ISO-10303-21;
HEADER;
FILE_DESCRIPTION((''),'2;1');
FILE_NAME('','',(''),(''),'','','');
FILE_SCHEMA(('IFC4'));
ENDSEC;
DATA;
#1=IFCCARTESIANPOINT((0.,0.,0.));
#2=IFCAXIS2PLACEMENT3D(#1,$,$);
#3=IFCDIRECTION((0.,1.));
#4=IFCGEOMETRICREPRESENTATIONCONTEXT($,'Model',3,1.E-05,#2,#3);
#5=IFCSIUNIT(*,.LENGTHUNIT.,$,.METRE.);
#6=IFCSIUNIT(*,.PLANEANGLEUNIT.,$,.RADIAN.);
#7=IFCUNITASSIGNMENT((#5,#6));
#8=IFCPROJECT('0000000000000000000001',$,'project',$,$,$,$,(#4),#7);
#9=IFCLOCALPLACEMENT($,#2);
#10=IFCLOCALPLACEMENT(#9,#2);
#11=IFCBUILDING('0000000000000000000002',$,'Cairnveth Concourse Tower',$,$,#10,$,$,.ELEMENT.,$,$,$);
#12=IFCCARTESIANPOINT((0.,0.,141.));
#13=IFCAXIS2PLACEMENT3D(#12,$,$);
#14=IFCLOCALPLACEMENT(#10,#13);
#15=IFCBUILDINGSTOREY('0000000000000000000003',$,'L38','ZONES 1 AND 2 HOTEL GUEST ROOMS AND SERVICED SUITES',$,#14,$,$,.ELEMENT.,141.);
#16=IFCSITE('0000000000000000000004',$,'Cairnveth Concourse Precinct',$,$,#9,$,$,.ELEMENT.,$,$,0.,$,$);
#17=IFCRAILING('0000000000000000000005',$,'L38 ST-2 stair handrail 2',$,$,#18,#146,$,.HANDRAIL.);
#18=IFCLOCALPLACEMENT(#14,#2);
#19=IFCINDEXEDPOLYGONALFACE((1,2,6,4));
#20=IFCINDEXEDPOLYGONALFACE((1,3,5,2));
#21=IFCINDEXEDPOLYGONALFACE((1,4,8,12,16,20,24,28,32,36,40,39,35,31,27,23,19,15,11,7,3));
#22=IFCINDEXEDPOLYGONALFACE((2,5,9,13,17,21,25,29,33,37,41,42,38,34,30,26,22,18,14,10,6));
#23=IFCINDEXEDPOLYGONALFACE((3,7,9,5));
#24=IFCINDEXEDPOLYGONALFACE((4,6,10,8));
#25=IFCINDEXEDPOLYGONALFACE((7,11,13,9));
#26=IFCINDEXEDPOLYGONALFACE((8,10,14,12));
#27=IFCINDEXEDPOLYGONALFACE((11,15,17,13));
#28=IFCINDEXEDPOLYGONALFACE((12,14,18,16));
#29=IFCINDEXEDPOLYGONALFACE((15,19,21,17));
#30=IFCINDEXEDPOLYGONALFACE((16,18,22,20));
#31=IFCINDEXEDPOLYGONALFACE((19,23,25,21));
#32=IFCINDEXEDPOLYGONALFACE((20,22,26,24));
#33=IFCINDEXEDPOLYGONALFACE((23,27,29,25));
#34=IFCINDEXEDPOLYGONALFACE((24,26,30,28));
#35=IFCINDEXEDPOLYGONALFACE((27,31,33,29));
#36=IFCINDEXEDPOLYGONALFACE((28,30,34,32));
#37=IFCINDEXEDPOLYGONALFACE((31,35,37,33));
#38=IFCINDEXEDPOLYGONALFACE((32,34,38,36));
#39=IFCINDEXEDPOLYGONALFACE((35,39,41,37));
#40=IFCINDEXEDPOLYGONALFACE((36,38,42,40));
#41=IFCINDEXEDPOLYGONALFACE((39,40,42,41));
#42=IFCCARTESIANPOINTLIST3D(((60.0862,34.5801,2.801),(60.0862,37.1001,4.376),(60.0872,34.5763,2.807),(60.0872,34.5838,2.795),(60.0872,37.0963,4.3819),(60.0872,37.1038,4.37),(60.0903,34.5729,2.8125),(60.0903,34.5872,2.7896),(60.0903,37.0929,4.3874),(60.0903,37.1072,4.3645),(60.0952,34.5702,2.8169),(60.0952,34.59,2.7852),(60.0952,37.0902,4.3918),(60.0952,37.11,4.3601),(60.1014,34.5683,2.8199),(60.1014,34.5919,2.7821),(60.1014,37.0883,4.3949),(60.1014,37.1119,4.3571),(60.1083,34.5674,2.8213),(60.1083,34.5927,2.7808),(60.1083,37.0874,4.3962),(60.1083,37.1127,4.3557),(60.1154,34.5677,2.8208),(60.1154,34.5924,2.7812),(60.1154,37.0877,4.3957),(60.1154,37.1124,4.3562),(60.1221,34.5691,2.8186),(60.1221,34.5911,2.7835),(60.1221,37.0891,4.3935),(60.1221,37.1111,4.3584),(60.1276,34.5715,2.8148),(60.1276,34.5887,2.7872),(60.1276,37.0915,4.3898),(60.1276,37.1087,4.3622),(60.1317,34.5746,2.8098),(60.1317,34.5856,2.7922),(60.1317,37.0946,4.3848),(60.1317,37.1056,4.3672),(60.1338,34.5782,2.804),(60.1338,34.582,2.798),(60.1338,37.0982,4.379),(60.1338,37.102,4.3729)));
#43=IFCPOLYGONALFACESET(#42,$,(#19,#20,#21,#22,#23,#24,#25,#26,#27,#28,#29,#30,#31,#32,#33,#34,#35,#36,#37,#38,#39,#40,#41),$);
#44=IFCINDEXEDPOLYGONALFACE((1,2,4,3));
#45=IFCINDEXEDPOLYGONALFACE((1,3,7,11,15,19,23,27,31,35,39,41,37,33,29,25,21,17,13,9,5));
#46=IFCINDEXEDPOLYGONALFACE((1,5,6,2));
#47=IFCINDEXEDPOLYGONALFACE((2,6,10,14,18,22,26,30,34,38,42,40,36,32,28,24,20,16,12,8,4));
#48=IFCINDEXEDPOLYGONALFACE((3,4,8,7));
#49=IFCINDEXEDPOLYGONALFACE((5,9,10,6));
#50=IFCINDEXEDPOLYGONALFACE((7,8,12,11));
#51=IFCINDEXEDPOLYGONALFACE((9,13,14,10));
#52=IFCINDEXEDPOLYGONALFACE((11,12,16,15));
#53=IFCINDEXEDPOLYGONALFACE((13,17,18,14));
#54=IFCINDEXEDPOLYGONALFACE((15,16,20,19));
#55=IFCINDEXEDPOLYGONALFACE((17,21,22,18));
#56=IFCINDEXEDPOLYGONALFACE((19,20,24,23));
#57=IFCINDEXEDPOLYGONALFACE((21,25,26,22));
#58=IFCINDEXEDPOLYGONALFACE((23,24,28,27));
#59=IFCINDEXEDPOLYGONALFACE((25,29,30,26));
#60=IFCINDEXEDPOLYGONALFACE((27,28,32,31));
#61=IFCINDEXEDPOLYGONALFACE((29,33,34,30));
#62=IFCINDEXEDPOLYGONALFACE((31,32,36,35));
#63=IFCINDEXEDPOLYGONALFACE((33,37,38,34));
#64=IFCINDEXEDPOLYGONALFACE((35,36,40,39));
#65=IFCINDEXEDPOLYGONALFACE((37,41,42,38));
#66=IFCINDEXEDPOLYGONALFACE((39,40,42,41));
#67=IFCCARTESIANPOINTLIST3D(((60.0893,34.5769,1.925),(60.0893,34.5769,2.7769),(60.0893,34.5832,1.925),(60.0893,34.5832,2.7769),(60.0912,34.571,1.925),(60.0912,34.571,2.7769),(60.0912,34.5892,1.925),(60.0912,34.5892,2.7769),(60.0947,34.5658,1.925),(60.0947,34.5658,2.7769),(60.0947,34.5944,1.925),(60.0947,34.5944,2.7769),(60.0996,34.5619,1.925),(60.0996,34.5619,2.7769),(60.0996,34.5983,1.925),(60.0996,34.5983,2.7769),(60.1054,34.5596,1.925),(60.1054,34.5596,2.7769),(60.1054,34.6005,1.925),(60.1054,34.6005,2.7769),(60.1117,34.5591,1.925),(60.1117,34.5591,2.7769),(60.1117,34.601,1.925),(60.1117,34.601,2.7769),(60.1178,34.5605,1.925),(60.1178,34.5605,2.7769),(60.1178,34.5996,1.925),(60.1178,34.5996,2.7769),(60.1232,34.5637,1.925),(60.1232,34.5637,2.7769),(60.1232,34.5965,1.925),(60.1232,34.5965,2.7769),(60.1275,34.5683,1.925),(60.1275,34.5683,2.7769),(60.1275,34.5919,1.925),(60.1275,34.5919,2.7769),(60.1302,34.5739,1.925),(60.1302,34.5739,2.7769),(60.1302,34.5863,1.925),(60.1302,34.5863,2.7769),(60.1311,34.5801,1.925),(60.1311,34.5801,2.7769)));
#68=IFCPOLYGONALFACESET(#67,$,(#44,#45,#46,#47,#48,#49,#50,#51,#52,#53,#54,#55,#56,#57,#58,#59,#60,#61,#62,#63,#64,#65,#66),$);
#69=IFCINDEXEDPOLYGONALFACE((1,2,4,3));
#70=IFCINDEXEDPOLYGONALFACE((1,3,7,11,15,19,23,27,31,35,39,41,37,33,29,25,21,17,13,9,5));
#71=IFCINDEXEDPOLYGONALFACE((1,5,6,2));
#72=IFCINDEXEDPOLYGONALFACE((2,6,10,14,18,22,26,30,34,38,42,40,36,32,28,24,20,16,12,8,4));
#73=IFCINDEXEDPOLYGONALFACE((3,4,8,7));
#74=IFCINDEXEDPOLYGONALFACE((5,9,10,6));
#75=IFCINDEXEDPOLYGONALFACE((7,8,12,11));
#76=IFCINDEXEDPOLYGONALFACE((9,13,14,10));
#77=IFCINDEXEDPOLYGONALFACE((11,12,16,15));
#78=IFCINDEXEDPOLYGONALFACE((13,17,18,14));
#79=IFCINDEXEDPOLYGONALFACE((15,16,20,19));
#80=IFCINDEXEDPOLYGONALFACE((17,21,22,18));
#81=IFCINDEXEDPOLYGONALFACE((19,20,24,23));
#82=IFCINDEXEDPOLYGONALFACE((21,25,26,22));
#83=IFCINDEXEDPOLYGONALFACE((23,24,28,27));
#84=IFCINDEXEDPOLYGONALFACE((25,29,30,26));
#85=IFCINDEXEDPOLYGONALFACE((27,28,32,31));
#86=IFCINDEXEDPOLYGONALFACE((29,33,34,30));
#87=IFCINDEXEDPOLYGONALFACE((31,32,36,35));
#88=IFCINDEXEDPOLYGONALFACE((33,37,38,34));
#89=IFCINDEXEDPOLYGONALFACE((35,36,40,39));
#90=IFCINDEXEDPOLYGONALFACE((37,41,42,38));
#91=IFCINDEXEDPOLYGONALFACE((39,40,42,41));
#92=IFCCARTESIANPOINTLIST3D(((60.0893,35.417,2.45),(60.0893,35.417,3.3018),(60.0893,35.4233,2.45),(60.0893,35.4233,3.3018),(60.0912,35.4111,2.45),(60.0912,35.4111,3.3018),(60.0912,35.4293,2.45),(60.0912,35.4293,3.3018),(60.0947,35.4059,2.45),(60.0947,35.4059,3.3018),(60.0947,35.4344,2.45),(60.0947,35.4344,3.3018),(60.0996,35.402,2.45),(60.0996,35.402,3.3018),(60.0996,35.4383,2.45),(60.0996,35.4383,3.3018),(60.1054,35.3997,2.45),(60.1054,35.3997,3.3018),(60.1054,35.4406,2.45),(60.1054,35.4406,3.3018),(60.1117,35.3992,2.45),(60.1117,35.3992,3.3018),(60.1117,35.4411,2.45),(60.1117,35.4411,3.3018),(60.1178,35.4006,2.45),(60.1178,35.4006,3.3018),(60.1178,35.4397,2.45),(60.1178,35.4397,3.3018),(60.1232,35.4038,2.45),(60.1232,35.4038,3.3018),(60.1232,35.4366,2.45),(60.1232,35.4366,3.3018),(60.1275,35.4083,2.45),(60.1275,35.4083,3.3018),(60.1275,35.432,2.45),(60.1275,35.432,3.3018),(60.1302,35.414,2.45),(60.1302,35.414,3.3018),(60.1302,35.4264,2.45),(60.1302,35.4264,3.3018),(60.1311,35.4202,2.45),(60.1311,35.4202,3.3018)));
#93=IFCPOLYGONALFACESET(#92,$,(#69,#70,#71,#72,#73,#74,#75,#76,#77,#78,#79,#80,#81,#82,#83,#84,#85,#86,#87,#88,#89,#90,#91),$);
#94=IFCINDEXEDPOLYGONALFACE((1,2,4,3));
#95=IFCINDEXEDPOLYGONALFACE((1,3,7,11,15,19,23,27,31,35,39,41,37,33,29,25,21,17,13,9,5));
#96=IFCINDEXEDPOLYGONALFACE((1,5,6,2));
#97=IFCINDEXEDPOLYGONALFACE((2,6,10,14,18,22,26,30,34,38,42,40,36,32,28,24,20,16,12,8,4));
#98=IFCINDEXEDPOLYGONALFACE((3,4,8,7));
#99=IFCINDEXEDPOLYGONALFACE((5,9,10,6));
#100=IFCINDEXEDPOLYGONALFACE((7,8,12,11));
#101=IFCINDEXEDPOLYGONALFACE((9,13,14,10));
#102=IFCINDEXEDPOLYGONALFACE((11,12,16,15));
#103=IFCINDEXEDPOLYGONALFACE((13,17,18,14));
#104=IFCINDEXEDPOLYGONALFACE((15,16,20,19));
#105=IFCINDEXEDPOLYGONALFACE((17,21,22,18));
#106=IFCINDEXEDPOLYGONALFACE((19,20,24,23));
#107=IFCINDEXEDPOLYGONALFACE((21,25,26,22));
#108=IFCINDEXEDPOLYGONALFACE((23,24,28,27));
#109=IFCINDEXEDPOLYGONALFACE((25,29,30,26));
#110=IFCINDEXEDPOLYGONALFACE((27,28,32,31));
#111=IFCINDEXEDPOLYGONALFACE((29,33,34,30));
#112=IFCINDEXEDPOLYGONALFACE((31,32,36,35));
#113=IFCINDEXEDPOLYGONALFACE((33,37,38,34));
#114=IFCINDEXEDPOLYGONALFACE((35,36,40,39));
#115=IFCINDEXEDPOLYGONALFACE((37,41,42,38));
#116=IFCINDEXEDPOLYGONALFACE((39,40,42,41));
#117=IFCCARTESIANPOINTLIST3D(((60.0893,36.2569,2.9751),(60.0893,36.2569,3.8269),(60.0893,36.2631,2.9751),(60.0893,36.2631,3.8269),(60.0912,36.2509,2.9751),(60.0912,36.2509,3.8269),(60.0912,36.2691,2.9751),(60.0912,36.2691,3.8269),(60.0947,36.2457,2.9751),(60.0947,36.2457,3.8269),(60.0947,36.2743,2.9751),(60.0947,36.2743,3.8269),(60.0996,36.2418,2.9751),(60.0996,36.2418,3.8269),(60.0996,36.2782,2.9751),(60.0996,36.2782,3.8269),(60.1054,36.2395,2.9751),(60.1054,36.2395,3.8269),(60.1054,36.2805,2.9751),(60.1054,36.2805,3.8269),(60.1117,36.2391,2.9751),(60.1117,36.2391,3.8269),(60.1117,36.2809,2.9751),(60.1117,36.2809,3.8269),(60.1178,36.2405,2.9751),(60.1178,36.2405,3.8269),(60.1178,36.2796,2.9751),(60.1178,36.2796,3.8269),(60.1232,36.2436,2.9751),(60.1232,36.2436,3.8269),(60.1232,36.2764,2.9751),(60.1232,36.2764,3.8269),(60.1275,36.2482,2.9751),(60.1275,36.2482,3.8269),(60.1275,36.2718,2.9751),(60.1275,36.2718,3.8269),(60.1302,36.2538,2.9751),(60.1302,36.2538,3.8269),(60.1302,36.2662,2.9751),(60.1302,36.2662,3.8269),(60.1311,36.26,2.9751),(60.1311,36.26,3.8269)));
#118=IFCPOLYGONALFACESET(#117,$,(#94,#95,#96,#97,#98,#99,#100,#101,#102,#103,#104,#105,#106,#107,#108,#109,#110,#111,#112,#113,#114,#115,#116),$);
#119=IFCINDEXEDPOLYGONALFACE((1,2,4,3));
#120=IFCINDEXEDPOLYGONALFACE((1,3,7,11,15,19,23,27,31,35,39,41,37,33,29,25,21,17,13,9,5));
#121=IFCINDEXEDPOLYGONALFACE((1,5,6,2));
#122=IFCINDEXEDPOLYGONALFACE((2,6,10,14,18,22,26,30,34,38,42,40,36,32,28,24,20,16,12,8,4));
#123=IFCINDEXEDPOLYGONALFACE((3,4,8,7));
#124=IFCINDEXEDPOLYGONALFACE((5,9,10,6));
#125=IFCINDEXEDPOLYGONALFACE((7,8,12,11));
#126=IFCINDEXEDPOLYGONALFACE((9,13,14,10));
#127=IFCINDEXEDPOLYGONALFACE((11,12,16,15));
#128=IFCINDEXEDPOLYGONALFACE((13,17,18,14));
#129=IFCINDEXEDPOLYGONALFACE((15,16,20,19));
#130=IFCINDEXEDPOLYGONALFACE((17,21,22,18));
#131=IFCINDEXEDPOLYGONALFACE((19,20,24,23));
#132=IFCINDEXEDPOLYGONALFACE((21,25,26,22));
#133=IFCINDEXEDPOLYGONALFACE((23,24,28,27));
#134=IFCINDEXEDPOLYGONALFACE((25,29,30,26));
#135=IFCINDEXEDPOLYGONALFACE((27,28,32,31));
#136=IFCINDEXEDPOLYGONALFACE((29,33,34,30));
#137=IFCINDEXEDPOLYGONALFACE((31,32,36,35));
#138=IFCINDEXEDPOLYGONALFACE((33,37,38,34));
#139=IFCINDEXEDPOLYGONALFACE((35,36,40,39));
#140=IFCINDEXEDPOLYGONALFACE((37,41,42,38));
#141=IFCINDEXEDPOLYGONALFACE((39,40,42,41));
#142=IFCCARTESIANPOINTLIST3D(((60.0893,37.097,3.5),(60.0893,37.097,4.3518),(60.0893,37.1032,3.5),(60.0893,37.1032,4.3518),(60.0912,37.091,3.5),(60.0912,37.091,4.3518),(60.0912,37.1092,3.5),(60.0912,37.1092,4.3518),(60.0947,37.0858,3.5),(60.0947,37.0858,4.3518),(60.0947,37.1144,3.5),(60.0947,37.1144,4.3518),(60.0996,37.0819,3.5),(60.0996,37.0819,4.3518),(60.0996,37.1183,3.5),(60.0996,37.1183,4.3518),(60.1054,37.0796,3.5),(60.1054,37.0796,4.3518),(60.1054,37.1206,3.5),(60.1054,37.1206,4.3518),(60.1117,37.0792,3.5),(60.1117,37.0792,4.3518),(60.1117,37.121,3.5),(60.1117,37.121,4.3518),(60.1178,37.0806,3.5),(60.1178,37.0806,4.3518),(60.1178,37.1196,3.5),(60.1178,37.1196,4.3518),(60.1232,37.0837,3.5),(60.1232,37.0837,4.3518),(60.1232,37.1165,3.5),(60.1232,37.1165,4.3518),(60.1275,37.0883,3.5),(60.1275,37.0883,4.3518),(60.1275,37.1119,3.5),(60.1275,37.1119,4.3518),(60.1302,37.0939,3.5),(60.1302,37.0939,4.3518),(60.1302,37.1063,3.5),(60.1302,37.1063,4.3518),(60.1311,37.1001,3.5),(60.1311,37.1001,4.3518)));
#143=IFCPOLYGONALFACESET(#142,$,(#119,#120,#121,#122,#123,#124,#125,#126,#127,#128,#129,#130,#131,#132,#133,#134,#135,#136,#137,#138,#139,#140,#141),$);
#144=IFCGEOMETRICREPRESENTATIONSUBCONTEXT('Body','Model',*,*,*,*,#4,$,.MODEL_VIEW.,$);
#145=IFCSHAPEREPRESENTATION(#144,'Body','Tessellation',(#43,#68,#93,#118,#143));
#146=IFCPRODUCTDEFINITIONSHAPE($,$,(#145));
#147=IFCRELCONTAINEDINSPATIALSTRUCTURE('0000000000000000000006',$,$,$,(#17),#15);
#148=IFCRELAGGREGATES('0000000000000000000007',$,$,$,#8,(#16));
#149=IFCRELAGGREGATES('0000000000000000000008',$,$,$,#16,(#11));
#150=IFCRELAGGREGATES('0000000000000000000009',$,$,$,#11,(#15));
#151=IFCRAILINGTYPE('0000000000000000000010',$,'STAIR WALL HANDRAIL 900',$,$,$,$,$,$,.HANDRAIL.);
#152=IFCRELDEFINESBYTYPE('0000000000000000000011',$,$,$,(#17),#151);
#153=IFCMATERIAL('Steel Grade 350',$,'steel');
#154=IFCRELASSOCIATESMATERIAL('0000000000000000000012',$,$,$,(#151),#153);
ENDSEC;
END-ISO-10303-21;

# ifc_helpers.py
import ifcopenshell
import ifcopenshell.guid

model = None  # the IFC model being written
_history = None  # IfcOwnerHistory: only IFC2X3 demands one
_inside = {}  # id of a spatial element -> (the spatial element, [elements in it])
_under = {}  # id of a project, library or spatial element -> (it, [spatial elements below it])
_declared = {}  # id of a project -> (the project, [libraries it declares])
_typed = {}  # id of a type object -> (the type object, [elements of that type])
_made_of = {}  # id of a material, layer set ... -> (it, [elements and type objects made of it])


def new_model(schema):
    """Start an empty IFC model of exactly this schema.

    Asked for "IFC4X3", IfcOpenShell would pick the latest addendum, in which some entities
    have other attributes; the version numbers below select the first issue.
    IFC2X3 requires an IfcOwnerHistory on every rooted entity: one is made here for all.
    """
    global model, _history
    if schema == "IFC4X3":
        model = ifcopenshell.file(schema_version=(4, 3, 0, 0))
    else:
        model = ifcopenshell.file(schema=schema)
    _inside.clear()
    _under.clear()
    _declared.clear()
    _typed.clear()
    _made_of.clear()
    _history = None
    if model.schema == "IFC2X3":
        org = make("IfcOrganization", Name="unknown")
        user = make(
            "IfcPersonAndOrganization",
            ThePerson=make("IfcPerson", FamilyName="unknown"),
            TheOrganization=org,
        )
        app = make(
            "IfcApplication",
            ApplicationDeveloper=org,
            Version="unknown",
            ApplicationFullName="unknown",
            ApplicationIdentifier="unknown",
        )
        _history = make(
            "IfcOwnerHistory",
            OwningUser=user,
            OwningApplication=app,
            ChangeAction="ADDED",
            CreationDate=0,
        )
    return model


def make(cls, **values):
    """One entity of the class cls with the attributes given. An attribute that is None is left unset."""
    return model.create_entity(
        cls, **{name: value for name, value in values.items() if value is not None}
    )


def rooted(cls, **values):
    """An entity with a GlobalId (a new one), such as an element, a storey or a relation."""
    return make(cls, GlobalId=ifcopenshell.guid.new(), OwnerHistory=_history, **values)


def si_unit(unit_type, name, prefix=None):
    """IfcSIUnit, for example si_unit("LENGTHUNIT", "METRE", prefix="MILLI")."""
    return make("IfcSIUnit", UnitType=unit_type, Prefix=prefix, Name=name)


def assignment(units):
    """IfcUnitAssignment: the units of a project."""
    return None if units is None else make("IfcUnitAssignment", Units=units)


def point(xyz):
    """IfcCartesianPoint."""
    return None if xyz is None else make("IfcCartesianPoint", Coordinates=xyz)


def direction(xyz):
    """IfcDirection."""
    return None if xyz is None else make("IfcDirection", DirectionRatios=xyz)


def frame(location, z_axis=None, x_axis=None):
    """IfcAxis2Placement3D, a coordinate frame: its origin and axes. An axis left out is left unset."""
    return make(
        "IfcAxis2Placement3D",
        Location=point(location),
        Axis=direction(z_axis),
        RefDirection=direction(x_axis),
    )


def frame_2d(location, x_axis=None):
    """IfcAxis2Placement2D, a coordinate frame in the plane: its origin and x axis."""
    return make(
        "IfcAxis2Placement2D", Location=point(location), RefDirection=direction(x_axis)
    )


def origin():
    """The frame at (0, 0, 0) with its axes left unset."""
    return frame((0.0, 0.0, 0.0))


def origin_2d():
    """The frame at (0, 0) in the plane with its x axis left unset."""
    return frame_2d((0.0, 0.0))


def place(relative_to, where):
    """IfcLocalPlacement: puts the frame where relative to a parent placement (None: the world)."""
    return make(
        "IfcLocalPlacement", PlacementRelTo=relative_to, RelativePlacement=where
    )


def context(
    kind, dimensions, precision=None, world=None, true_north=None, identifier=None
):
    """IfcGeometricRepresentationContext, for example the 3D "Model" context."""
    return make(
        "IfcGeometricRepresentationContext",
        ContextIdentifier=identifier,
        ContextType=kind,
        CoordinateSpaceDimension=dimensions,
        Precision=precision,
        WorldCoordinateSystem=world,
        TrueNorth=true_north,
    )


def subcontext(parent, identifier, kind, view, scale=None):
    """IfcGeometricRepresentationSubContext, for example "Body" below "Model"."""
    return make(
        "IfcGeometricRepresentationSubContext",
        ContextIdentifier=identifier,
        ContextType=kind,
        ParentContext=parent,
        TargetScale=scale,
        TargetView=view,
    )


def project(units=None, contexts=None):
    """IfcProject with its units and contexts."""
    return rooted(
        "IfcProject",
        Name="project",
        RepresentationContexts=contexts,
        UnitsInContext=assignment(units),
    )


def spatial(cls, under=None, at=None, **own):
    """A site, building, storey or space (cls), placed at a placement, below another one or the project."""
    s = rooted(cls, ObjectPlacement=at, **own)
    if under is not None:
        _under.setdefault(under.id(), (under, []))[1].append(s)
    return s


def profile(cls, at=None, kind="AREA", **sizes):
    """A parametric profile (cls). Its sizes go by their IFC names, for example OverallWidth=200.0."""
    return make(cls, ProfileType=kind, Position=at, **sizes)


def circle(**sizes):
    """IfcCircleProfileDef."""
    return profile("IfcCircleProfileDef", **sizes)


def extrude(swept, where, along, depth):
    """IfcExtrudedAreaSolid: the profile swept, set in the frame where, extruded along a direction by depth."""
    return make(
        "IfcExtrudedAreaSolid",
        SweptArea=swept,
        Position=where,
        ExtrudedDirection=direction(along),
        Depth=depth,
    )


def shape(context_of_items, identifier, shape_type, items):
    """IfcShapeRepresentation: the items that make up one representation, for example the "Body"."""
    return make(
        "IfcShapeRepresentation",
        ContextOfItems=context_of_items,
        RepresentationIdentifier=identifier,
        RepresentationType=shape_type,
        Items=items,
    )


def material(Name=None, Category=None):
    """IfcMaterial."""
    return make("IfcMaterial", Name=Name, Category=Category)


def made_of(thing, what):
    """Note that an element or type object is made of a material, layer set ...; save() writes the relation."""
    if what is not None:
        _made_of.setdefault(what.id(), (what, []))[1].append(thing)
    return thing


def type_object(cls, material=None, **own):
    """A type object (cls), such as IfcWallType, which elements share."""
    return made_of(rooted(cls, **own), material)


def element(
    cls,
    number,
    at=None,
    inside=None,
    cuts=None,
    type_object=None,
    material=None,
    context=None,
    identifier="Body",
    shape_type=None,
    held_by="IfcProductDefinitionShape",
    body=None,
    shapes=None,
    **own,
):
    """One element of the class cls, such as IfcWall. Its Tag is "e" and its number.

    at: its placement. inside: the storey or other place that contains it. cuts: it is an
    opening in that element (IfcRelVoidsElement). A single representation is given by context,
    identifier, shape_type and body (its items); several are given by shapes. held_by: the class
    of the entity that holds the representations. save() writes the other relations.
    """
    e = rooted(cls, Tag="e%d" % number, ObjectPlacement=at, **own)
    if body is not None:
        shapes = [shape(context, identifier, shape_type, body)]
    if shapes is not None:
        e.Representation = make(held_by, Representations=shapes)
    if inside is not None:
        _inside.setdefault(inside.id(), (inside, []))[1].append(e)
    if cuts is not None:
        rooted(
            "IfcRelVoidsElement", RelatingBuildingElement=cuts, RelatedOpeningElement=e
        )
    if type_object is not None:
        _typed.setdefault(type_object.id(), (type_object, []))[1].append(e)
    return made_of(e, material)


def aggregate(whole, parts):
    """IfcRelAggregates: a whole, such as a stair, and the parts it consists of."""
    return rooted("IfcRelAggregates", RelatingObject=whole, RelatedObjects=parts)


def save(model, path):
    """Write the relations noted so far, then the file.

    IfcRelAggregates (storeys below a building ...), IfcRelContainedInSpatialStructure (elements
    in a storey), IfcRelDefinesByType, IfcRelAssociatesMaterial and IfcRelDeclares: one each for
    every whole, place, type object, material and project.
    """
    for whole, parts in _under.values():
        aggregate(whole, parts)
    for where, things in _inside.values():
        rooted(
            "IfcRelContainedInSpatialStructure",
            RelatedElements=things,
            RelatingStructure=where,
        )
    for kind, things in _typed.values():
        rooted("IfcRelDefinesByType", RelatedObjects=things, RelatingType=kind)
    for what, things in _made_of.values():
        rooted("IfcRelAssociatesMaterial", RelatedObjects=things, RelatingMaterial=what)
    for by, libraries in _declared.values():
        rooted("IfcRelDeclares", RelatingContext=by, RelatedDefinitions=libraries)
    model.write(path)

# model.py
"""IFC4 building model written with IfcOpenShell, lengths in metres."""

from ifc_helpers import new_model, si_unit, direction, frame, origin, origin_2d, place, context, subcontext, project, spatial, circle, extrude, material, type_object, element, save


model = new_model("IFC4")

# Units and contexts
model_context = context("Model", 3, precision=1e-05, world=origin(), true_north=direction((0.0, 1.0)))
body_context = subcontext(model_context, "Body", "Model", "MODEL_VIEW")
ifc_project = project(units=[si_unit("LENGTHUNIT", "METRE"), si_unit("PLANEANGLEUNIT", "RADIAN")], contexts=[model_context])

# Site, building, storey
site_placement = place(None, origin())
site = spatial("IfcSite", under=ifc_project, at=site_placement, Name="Cairnveth Concourse Precinct", CompositionType="ELEMENT", RefElevation=0.0)
building_placement = place(site_placement, origin())
building = spatial("IfcBuilding", under=site, at=building_placement, Name="Cairnveth Concourse Tower", CompositionType="ELEMENT")
storey_placement = place(building_placement, frame((0.0, 0.0, 141.0)))
storey = spatial("IfcBuildingStorey", under=building, at=storey_placement, Name="L38", Description="ZONES 1 AND 2 HOTEL GUEST ROOMS AND SERVICED SUITES", CompositionType="ELEMENT", Elevation=141.0)

# Shared definitions
ifc_material_1 = material(Name="Steel Grade 350", Category="steel")

# Railing
railing_type_1 = type_object("IfcRailingType", Name="STAIR WALL HANDRAIL 900", PredefinedType="HANDRAIL", material=ifc_material_1)
railing_1_placement = place(storey_placement, frame((60.1101, 34.5801, 1.925)))
element("IfcRailing", 1, at=railing_1_placement, inside=storey, type_object=railing_type_1, Name="L38 ST-2 stair handrail 2", PredefinedType="HANDRAIL", context=body_context, shape_type="SweptSolid", body=[
    extrude(circle(Radius=0.0239, at=origin_2d()), frame((0.0, 0.0, 0.876), z_axis=(0.0, 0.848008, 0.529984), x_axis=(-1.0, 0.0, 0.0)), (0.0, 0.0, 1.0), 2.9717),
    extrude(circle(Radius=0.021, at=origin_2d()), origin(), (0.0, 0.0, 1.0), 0.8518),
    extrude(circle(Radius=0.021, at=origin_2d()), frame((0.0, 0.8401, 0.5249)), (0.0, 0.0, 1.0), 0.8518),
    extrude(circle(Radius=0.021, at=origin_2d()), frame((0.0, 1.6799, 1.05)), (0.0, 0.0, 1.0), 0.8518),
    extrude(circle(Radius=0.021, at=origin_2d()), frame((0.0, 2.52, 1.575)), (0.0, 0.0, 1.0), 0.8518),
])

save(model, "model.ifc")
